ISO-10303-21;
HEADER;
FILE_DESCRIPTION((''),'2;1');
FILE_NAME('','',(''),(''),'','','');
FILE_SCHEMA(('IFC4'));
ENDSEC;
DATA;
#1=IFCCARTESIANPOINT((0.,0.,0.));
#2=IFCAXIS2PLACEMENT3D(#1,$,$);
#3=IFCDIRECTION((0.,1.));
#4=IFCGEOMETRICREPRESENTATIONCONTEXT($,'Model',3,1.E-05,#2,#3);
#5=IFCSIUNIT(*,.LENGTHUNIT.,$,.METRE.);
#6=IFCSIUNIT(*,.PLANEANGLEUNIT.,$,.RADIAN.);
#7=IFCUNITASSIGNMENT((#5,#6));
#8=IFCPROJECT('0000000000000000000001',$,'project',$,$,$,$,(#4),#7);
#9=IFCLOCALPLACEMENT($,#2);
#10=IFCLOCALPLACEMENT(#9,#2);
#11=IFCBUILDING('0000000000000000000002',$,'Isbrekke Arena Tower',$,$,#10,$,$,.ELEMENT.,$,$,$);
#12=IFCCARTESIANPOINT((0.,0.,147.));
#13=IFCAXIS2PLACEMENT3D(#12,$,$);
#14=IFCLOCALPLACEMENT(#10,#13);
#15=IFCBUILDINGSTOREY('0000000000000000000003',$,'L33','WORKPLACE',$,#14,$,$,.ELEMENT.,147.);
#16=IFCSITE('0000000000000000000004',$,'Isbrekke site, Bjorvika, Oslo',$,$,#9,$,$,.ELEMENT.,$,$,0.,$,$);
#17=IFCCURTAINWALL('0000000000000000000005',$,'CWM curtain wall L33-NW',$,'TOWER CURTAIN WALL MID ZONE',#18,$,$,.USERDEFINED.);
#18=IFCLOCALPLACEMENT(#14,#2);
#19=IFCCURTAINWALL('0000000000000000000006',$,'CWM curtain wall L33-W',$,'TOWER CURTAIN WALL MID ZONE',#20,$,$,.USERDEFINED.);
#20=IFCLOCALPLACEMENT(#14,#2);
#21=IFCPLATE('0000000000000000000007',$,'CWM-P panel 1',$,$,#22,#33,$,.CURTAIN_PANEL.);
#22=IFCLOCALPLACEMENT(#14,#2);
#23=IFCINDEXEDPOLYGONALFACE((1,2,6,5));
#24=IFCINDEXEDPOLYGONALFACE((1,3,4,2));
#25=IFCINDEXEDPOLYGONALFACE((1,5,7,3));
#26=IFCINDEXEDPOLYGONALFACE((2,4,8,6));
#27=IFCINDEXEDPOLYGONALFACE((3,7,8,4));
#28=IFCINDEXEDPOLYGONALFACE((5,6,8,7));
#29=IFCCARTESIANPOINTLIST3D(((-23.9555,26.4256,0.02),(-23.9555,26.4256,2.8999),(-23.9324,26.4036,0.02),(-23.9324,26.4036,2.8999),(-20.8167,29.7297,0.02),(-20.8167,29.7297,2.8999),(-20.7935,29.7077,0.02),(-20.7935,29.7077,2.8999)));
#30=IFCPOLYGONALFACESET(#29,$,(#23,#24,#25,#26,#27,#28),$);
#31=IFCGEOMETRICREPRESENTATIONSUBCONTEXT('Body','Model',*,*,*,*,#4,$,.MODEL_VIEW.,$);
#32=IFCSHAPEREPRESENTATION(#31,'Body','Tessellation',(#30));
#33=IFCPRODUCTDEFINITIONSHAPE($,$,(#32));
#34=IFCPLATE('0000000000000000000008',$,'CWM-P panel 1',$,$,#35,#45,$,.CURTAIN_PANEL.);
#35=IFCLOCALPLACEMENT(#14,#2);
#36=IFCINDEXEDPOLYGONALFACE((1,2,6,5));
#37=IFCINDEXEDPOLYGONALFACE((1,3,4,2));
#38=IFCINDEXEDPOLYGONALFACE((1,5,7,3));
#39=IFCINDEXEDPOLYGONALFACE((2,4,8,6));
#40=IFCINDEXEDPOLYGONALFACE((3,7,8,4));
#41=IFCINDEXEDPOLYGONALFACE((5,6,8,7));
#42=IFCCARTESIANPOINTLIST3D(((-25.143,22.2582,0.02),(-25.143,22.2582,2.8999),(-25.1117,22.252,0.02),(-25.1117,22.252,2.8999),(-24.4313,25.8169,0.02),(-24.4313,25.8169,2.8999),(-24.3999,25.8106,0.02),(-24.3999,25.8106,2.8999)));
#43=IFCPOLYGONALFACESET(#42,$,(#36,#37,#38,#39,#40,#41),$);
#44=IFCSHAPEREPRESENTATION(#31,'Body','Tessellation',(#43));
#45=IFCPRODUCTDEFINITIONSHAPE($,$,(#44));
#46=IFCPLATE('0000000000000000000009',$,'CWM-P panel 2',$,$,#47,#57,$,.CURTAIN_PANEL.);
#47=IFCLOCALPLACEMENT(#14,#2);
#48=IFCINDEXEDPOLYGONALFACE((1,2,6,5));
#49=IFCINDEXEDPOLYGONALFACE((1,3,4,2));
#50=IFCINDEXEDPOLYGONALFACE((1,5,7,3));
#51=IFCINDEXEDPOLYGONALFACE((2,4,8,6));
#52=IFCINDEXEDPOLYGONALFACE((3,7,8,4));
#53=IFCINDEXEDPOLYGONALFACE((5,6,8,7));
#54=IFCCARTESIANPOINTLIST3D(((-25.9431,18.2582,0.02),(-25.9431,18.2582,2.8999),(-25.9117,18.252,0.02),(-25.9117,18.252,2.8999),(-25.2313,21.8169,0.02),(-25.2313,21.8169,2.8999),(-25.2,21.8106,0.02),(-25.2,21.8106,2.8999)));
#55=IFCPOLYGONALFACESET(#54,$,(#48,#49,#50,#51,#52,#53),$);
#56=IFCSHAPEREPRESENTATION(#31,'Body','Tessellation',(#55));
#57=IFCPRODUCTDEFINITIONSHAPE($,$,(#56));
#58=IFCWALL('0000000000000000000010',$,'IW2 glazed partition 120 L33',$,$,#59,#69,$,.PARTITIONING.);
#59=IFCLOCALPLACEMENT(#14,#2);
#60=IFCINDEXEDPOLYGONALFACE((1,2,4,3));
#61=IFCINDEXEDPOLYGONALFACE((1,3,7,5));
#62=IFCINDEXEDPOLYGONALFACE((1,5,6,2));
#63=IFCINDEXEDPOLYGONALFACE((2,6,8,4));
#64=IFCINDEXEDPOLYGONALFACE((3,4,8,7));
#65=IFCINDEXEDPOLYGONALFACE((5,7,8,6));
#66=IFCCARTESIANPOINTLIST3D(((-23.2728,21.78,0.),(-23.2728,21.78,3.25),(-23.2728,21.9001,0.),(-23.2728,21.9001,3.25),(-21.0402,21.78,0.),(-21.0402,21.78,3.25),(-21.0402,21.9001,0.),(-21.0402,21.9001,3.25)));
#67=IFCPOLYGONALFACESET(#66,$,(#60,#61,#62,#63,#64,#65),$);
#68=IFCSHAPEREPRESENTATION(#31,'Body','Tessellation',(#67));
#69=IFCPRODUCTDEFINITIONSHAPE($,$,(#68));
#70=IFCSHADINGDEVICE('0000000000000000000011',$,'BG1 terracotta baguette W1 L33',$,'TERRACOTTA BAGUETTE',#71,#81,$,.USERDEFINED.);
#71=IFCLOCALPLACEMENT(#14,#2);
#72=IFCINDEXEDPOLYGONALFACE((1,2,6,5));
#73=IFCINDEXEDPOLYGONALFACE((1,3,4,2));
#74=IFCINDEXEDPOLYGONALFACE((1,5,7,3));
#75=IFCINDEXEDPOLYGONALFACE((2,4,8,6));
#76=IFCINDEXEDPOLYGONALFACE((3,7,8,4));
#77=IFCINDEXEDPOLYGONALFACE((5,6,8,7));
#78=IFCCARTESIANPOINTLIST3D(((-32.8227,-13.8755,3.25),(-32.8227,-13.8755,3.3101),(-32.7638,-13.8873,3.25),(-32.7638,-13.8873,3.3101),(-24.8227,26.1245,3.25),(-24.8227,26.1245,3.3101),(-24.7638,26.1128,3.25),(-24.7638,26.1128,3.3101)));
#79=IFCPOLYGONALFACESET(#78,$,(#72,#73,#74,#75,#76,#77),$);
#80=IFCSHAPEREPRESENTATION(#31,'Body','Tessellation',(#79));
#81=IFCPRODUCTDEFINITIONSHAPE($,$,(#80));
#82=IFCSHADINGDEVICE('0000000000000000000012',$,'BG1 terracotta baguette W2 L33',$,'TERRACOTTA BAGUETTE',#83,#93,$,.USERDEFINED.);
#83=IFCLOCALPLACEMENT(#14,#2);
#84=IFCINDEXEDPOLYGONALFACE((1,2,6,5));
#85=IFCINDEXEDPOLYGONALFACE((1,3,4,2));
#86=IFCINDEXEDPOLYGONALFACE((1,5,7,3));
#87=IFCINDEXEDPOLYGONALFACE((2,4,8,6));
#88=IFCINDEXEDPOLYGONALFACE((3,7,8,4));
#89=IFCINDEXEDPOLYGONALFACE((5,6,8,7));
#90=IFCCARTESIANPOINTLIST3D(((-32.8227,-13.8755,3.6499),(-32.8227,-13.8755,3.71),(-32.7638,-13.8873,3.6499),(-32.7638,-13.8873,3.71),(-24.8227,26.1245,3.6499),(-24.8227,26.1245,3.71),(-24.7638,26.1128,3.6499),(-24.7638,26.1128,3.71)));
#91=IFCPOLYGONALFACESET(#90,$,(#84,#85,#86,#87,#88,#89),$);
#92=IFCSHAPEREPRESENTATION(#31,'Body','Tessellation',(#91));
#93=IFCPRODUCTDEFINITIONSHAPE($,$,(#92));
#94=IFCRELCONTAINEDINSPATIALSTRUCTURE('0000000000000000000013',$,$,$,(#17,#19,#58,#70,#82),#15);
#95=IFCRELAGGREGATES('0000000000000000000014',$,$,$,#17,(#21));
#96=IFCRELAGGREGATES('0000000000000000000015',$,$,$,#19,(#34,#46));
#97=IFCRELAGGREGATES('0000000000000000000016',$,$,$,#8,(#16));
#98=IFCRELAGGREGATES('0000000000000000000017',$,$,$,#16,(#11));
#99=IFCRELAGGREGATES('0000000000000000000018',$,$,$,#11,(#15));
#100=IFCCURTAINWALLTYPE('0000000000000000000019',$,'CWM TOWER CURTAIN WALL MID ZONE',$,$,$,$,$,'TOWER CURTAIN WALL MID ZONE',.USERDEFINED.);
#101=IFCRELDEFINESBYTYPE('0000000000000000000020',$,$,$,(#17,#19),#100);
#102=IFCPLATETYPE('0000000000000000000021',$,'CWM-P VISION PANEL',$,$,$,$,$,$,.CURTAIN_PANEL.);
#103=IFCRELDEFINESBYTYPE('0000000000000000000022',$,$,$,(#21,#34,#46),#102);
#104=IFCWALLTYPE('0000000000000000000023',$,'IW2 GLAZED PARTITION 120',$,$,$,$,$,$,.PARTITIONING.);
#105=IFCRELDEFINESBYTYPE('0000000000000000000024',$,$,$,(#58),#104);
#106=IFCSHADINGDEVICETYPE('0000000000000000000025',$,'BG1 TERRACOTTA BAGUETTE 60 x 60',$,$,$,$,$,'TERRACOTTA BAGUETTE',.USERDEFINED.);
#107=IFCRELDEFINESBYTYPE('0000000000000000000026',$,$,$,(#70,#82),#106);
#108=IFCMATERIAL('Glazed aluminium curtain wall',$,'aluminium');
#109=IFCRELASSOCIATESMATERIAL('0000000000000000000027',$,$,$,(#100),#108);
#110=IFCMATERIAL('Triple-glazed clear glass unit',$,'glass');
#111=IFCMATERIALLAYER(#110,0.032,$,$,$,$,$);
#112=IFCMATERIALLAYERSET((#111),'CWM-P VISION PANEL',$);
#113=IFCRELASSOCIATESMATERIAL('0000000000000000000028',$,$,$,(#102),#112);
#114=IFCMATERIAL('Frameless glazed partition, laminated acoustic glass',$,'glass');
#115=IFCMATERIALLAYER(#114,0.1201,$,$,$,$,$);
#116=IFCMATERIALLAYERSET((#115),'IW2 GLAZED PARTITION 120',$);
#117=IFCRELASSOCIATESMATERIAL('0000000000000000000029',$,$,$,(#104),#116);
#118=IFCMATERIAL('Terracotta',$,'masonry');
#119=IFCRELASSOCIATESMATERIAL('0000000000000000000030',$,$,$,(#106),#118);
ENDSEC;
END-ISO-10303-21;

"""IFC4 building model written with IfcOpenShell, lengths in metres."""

from ifc_helpers import new_model, si_unit, direction, frame, frame_2d, origin, origin_2d, place, context, subcontext, project, spatial, rectangle, extrude, material, layer, layer_set, material_profile, profile_set, type_object, element, aggregate, save


model = new_model("IFC4")

# Units and contexts
model_context = context("Model", 3, precision=1e-05, world=origin(), true_north=direction((0.0, 1.0)))
body_context = subcontext(model_context, "Body", "Model", "MODEL_VIEW")
ifc_project = project(units=[si_unit("LENGTHUNIT", "METRE"), si_unit("PLANEANGLEUNIT", "RADIAN")], contexts=[model_context])

# Site, building, storey
site_placement = place(None, origin())
site = spatial("IfcSite", under=ifc_project, at=site_placement, Name="Isbrekke site, Bjorvika, Oslo", CompositionType="ELEMENT", RefElevation=0.0)
building_placement = place(site_placement, origin())
building = spatial("IfcBuilding", under=site, at=building_placement, Name="Isbrekke Arena Tower", CompositionType="ELEMENT")
storey_placement = place(building_placement, frame((0.0, 0.0, 147.0)))
storey = spatial("IfcBuildingStorey", under=building, at=storey_placement, Name="L33", Description="WORKPLACE", CompositionType="ELEMENT", Elevation=147.0)

# Shared definitions
ifc_material_1 = material(Name="Glazed aluminium curtain wall", Category="aluminium")
curtain_wall_type = type_object("IfcCurtainWallType", Name="CWM TOWER CURTAIN WALL MID ZONE", ElementType="TOWER CURTAIN WALL MID ZONE", PredefinedType="USERDEFINED", material=ifc_material_1)

# Curtain walls
curtain_wall_1_placement = place(storey_placement, origin())
curtain_wall_1 = element("IfcCurtainWall", 1, at=curtain_wall_1_placement, inside=storey, type_object=curtain_wall_type, Name="CWM curtain wall L33-NW", ObjectType="TOWER CURTAIN WALL MID ZONE", PredefinedType="USERDEFINED")
curtain_wall_2_placement = place(storey_placement, origin())
curtain_wall_2 = element("IfcCurtainWall", 2, at=curtain_wall_2_placement, inside=storey, type_object=curtain_wall_type, Name="CWM curtain wall L33-W", ObjectType="TOWER CURTAIN WALL MID ZONE", PredefinedType="USERDEFINED")

# Plates
ifc_material_2 = material(Name="Triple-glazed clear glass unit", Category="glass")
ifc_layer_1 = layer(ifc_material_2, 0.032)
ifc_layer_set_1 = layer_set([ifc_layer_1], Name="CWM-P VISION PANEL")
plate_type = type_object("IfcPlateType", Name="CWM-P VISION PANEL", PredefinedType="CURTAIN_PANEL", material=ifc_layer_set_1)
plate_1_placement = place(storey_placement, frame((-22.3745, 28.0667, 0.02), z_axis=(0.0, 0.0, 1.0), x_axis=(-0.688749, -0.724999, 0.0)))
plate_1 = element("IfcPlate", 3, at=plate_1_placement, type_object=plate_type, Name="CWM-P panel 1", PredefinedType="CURTAIN_PANEL", context=body_context, shape_type="SweptSolid", body=[
    extrude(rectangle(XDim=4.5574, YDim=0.032, at=origin_2d()), origin(), (0.0, 0.0, 1.0), 2.8799),
])
aggregate(curtain_wall_1, [plate_1])
plate_2_placement = place(storey_placement, frame((-24.7715, 24.0344, 0.02), z_axis=(0.0, 0.0, 1.0), x_axis=(-0.196116, -0.980581, 0.0)))
plate_2 = element("IfcPlate", 4, at=plate_2_placement, type_object=plate_type, Name="CWM-P panel 1", PredefinedType="CURTAIN_PANEL", context=body_context, shape_type="SweptSolid", body=[
    extrude(rectangle(XDim=3.6292, YDim=0.032, at=origin_2d()), origin(), (0.0, 0.0, 1.0), 2.8799),
])
plate_3_placement = place(storey_placement, frame((-25.5715, 20.0344, 0.02), z_axis=(0.0, 0.0, 1.0), x_axis=(-0.196116, -0.980581, 0.0)))
plate_3 = element("IfcPlate", 5, at=plate_3_placement, type_object=plate_type, Name="CWM-P panel 2", PredefinedType="CURTAIN_PANEL", context=body_context, shape_type="SweptSolid", body=[
    extrude(rectangle(XDim=3.6292, YDim=0.032, at=origin_2d()), origin(), (0.0, 0.0, 1.0), 2.8799),
])
aggregate(curtain_wall_2, [plate_2, plate_3])

# Wall
ifc_material_3 = material(Name="Frameless glazed partition, laminated acoustic glass", Category="glass")
ifc_layer_2 = layer(ifc_material_3, 0.1201)
ifc_layer_set_2 = layer_set([ifc_layer_2], Name="IW2 GLAZED PARTITION 120")
wall_type_1 = type_object("IfcWallType", Name="IW2 GLAZED PARTITION 120", PredefinedType="PARTITIONING", material=ifc_layer_set_2)
wall_1_placement = place(storey_placement, frame((-23.2727, 21.8401, 0.0), z_axis=(0.0, 0.0, 1.0), x_axis=(1.0, 0.0, 0.0)))
element("IfcWall", 6, at=wall_1_placement, inside=storey, type_object=wall_type_1, Name="IW2 glazed partition 120 L33", PredefinedType="PARTITIONING", context=body_context, shape_type="SweptSolid", body=[
    extrude(rectangle(XDim=2.2327, YDim=0.1201, at=frame_2d((1.1162, 0.0))), origin(), (0.0, 0.0, 1.0), 3.25),
])

# Shading devices
ifc_material_4 = material(Name="Terracotta", Category="masonry")
ifc_material_profile_1 = material_profile(ifc_material_4, rectangle(XDim=0.0601, YDim=0.0601, at=origin_2d()), Name="BAGUETTE 60X60")
ifc_profile_set_1 = profile_set([ifc_material_profile_1], Name="Terracotta")
shading_device_type = type_object("IfcShadingDeviceType", Name="BG1 TERRACOTTA BAGUETTE 60 x 60", ElementType="TERRACOTTA BAGUETTE", PredefinedType="USERDEFINED", material=ifc_profile_set_1)
for number, where, z_axis, x_axis, name in (
    (7, (-24.7932, 26.1187, 3.28), (-0.196116, -0.980581, 0.0), (0.980581, -0.196116, 0.0), "BG1 terracotta baguette W1 L33"),
    (8, (-24.7932, 26.1187, 3.6799), (-0.196116, -0.980581, 0.0), (0.980581, -0.196116, 0.0), "BG1 terracotta baguette W2 L33"),
):
    element("IfcShadingDevice", number, at=place(storey_placement, frame(where, z_axis=z_axis, x_axis=x_axis)), inside=storey, type_object=shading_device_type, Name=name, ObjectType="TERRACOTTA BAGUETTE", PredefinedType="USERDEFINED", context=body_context, shape_type="SweptSolid", body=[
        extrude(rectangle(XDim=0.0601, YDim=0.0601, at=origin_2d()), origin(), (0.0, 0.0, 1.0), 40.7922),
    ])

save(model, "model.ifc")
